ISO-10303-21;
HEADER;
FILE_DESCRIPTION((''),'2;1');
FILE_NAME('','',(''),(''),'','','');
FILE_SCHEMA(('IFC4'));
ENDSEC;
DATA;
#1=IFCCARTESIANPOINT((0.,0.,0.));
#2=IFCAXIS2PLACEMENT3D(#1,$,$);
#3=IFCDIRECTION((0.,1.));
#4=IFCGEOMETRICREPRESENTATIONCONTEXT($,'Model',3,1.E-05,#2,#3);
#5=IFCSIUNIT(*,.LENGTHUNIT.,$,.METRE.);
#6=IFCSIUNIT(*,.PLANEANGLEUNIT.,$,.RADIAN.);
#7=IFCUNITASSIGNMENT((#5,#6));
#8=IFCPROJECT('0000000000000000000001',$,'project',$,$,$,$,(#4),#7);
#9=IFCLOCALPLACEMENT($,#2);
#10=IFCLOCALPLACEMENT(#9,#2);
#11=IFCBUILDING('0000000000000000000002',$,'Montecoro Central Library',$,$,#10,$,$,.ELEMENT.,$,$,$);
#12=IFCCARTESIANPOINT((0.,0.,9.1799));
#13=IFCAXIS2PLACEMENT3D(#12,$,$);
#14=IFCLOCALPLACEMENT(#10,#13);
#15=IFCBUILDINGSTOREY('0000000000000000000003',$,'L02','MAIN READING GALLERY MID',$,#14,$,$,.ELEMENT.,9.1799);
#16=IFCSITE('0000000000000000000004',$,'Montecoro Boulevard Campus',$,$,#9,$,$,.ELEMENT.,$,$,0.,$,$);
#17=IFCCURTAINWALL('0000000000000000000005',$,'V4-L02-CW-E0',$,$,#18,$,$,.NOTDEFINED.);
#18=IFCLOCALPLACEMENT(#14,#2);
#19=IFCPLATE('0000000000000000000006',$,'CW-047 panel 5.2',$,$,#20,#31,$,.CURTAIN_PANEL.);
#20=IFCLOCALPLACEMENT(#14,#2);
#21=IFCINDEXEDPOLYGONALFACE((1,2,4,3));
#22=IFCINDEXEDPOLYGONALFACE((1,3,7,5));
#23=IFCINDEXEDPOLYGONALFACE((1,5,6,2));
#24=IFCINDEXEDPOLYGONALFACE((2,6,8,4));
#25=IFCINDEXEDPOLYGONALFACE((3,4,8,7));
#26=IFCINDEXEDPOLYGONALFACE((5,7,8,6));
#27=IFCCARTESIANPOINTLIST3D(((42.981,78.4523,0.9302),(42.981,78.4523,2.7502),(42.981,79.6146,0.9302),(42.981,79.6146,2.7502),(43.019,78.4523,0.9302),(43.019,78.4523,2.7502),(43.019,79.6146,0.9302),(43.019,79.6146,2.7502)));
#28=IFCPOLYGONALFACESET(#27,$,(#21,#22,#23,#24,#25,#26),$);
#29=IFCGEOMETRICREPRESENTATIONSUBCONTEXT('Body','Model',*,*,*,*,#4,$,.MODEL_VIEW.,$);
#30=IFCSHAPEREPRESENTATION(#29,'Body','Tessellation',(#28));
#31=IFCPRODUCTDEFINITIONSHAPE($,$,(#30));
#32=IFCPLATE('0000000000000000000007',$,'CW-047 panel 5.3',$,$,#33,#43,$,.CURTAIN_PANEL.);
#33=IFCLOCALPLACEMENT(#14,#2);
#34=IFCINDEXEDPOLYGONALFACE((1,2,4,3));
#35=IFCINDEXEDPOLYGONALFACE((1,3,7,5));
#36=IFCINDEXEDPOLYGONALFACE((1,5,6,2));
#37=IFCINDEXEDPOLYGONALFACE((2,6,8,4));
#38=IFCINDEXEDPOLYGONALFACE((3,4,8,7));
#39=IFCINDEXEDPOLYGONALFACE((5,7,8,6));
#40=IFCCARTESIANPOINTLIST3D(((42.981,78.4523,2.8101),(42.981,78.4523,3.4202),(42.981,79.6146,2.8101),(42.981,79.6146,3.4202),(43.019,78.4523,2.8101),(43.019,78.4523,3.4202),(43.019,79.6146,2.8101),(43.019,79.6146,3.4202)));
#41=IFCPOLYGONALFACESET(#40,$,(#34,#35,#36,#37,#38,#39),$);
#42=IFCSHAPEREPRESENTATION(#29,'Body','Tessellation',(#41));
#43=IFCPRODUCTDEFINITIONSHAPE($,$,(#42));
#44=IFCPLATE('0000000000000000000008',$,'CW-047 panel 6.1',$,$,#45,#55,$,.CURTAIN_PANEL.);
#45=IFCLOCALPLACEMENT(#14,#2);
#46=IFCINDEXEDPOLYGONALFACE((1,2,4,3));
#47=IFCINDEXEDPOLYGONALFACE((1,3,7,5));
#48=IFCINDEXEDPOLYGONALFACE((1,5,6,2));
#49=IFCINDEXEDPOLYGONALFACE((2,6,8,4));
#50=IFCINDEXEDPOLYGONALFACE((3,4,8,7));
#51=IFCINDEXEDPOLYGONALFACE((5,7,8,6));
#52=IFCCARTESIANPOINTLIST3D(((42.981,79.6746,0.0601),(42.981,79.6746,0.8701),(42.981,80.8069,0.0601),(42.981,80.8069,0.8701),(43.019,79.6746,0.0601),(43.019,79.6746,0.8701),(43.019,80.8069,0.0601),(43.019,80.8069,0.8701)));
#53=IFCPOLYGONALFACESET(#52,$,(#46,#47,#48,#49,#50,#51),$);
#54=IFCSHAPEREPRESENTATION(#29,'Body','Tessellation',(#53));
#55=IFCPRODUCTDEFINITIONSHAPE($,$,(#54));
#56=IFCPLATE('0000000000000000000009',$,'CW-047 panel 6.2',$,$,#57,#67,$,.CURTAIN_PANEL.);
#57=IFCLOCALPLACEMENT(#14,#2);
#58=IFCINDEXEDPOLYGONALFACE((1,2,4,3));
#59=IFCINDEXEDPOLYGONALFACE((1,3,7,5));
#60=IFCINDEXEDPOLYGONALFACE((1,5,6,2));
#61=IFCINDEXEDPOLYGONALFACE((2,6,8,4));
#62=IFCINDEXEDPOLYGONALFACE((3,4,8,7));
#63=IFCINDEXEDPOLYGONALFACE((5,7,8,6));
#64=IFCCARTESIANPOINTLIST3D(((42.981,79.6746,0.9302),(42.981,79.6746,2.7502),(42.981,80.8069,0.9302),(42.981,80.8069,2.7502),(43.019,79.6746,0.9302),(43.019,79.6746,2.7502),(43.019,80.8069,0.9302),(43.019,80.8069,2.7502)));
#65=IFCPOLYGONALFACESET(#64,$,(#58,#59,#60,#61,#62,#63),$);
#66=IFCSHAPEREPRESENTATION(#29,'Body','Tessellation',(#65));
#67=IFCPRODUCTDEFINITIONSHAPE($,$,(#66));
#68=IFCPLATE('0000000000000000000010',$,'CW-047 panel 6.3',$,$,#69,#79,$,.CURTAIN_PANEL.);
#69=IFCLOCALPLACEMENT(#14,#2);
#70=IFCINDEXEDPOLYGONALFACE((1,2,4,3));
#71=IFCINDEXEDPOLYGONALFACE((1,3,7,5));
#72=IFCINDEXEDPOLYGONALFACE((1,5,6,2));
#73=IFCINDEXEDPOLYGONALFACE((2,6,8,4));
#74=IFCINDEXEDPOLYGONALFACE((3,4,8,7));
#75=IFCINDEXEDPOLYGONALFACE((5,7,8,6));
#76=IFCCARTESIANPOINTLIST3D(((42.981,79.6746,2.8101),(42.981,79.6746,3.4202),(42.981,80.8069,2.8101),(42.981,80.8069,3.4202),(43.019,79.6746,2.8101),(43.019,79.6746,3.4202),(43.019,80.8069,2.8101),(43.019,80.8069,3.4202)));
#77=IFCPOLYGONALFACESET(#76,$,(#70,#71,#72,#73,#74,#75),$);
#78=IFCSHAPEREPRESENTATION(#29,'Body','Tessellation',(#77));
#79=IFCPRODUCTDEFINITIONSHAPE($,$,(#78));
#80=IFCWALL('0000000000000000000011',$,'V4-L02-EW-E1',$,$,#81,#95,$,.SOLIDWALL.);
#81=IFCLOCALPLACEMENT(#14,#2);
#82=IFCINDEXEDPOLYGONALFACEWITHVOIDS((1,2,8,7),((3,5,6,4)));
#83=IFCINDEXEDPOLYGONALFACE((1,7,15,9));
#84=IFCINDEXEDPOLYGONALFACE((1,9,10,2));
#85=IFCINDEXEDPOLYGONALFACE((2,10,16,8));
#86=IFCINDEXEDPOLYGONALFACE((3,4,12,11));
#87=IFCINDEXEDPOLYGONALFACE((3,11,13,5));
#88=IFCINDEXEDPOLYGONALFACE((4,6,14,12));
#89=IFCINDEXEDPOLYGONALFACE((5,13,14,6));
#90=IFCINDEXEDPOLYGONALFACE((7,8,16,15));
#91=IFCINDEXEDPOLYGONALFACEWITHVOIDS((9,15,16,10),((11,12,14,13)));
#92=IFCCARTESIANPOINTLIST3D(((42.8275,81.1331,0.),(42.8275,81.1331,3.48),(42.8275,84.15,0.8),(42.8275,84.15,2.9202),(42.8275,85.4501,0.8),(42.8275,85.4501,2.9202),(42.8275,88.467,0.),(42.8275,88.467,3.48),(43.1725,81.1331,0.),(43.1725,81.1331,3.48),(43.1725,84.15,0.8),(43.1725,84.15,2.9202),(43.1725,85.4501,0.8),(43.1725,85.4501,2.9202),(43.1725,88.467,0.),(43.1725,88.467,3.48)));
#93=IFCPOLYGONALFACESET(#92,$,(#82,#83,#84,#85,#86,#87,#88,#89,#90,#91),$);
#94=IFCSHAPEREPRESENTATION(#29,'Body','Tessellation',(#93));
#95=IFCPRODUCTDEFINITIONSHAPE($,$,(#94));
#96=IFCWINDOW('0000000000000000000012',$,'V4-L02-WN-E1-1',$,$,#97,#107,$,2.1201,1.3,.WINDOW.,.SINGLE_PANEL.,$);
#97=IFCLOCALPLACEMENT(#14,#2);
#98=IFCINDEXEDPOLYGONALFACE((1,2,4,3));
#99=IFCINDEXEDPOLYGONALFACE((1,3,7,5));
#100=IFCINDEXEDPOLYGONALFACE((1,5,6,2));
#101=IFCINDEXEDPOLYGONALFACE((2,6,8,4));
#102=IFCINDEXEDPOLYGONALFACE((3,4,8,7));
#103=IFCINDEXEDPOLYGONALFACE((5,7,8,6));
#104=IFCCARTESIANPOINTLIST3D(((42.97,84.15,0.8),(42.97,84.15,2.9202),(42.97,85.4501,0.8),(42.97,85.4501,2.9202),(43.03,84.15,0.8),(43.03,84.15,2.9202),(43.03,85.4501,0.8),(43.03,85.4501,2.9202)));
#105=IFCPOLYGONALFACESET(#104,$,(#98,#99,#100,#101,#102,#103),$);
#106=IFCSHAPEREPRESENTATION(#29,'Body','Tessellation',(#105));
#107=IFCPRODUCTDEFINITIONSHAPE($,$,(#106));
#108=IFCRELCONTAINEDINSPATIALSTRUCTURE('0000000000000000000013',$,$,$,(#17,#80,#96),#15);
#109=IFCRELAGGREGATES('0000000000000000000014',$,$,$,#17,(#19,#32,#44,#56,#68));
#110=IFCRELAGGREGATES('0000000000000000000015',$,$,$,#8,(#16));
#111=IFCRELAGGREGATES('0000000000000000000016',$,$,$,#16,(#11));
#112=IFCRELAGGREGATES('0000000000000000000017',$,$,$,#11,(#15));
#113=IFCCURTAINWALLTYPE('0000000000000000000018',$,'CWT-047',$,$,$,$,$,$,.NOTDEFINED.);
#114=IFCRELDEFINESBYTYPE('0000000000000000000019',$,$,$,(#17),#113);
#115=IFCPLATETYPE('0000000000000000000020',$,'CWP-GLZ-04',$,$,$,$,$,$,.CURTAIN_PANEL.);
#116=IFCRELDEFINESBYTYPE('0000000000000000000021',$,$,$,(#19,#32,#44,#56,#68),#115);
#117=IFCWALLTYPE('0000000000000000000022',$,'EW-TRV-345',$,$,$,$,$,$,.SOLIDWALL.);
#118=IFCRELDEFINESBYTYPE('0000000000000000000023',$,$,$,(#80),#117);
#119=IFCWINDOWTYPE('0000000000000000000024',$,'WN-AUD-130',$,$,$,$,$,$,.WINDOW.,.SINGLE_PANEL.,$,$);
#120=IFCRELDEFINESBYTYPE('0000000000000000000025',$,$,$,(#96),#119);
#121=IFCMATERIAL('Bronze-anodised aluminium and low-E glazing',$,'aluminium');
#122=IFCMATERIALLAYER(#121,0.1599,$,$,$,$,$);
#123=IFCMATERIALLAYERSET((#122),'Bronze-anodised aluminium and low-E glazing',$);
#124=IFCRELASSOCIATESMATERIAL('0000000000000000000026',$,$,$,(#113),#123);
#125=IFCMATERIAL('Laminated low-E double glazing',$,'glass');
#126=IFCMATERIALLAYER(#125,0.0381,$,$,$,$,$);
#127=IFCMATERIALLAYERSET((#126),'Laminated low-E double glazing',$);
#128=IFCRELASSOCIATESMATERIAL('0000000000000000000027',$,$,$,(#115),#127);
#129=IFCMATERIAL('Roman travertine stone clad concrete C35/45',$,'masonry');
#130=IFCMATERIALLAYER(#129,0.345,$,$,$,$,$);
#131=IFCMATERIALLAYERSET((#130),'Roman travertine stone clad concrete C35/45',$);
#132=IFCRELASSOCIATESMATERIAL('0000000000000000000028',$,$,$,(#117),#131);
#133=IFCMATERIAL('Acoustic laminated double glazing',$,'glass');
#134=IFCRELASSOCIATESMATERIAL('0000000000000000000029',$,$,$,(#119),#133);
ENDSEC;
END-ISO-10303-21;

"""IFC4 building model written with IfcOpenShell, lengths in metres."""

from ifc_helpers import new_model, si_unit, direction, frame, frame_2d, origin, origin_2d, place, context, subcontext, project, spatial, rectangle, extrude, material, layer, layer_set, type_object, element, fill, aggregate, save


model = new_model("IFC4")

# Units and contexts
model_context = context("Model", 3, precision=1e-05, world=origin(), true_north=direction((0.0, 1.0)))
body_context = subcontext(model_context, "Body", "Model", "MODEL_VIEW")
ifc_project = project(units=[si_unit("LENGTHUNIT", "METRE"), si_unit("PLANEANGLEUNIT", "RADIAN")], contexts=[model_context])

# Site, building, storey
site_placement = place(None, origin())
site = spatial("IfcSite", under=ifc_project, at=site_placement, Name="Montecoro Boulevard Campus", CompositionType="ELEMENT", RefElevation=0.0)
building_placement = place(site_placement, origin())
building = spatial("IfcBuilding", under=site, at=building_placement, Name="Montecoro Central Library", CompositionType="ELEMENT")
storey_placement = place(building_placement, frame((0.0, 0.0, 9.1799)))
storey = spatial("IfcBuildingStorey", under=building, at=storey_placement, Name="L02", Description="MAIN READING GALLERY MID", CompositionType="ELEMENT", Elevation=9.1799)

# Curtain wall, plates
ifc_material_1 = material(Name="Bronze-anodised aluminium and low-E glazing", Category="aluminium")
ifc_layer_1 = layer(ifc_material_1, 0.1599)
ifc_layer_set_1 = layer_set([ifc_layer_1], Name="Bronze-anodised aluminium and low-E glazing")
curtain_wall_type = type_object("IfcCurtainWallType", Name="CWT-047", PredefinedType="NOTDEFINED", material=ifc_layer_set_1)
curtain_wall_placement = place(storey_placement, origin())
curtain_wall = element("IfcCurtainWall", 1, at=curtain_wall_placement, inside=storey, type_object=curtain_wall_type, Name="V4-L02-CW-E0", PredefinedType="NOTDEFINED")
ifc_material_2 = material(Name="Laminated low-E double glazing", Category="glass")
ifc_layer_2 = layer(ifc_material_2, 0.0381)
ifc_layer_set_2 = layer_set([ifc_layer_2], Name="Laminated low-E double glazing")
plate_type = type_object("IfcPlateType", Name="CWP-GLZ-04", PredefinedType="CURTAIN_PANEL", material=ifc_layer_set_2)
plate_1_placement = place(storey_placement, frame((43.0, 79.0334, 0.9302), z_axis=(0.0, 0.0, 1.0), x_axis=(0.0, 1.0, 0.0)))
plate_1 = element("IfcPlate", 2, at=plate_1_placement, type_object=plate_type, Name="CW-047 panel 5.2", PredefinedType="CURTAIN_PANEL", context=body_context, shape_type="SweptSolid", body=[
    extrude(rectangle(XDim=1.1624, YDim=0.0381, at=origin_2d()), origin(), (0.0, 0.0, 1.0), 1.8201),
])
plate_2_placement = place(storey_placement, frame((43.0, 79.0334, 2.8101), z_axis=(0.0, 0.0, 1.0), x_axis=(0.0, 1.0, 0.0)))
plate_2 = element("IfcPlate", 3, at=plate_2_placement, type_object=plate_type, Name="CW-047 panel 5.3", PredefinedType="CURTAIN_PANEL", context=body_context, shape_type="SweptSolid", body=[
    extrude(rectangle(XDim=1.1624, YDim=0.0381, at=origin_2d()), origin(), (0.0, 0.0, 1.0), 0.6101),
])
plate_3_placement = place(storey_placement, frame((43.0, 80.2407, 0.0601), z_axis=(0.0, 0.0, 1.0), x_axis=(0.0, 1.0, 0.0)))
plate_3 = element("IfcPlate", 4, at=plate_3_placement, type_object=plate_type, Name="CW-047 panel 6.1", PredefinedType="CURTAIN_PANEL", context=body_context, shape_type="SweptSolid", body=[
    extrude(rectangle(XDim=1.1323, YDim=0.0381, at=origin_2d()), origin(), (0.0, 0.0, 1.0), 0.8101),
])
plate_4_placement = place(storey_placement, frame((43.0, 80.2407, 0.9302), z_axis=(0.0, 0.0, 1.0), x_axis=(0.0, 1.0, 0.0)))
plate_4 = element("IfcPlate", 5, at=plate_4_placement, type_object=plate_type, Name="CW-047 panel 6.2", PredefinedType="CURTAIN_PANEL", context=body_context, shape_type="SweptSolid", body=[
    extrude(rectangle(XDim=1.1323, YDim=0.0381, at=origin_2d()), origin(), (0.0, 0.0, 1.0), 1.8201),
])
plate_5_placement = place(storey_placement, frame((43.0, 80.2407, 2.8101), z_axis=(0.0, 0.0, 1.0), x_axis=(0.0, 1.0, 0.0)))
plate_5 = element("IfcPlate", 6, at=plate_5_placement, type_object=plate_type, Name="CW-047 panel 6.3", PredefinedType="CURTAIN_PANEL", context=body_context, shape_type="SweptSolid", body=[
    extrude(rectangle(XDim=1.1323, YDim=0.0381, at=origin_2d()), origin(), (0.0, 0.0, 1.0), 0.6101),
])
aggregate(curtain_wall, [plate_1, plate_2, plate_3, plate_4, plate_5])

# Wall, opening, window
ifc_material_3 = material(Name="Roman travertine stone clad concrete C35/45", Category="masonry")
ifc_layer_3 = layer(ifc_material_3, 0.345)
ifc_layer_set_3 = layer_set([ifc_layer_3], Name="Roman travertine stone clad concrete C35/45")
wall_type = type_object("IfcWallType", Name="EW-TRV-345", PredefinedType="SOLIDWALL", material=ifc_layer_set_3)
wall_placement = place(storey_placement, frame((43.0, 81.1331, 0.0), z_axis=(0.0, 0.0, 1.0), x_axis=(0.0, 1.0, 0.0)))
wall = element("IfcWall", 7, at=wall_placement, inside=storey, type_object=wall_type, Name="V4-L02-EW-E1", PredefinedType="SOLIDWALL", context=body_context, shape_type="SweptSolid", body=[
    extrude(rectangle(XDim=7.334, YDim=0.345, at=frame_2d((3.667, 0.0))), origin(), (0.0, 0.0, 1.0), 3.48),
])
opening_placement = place(wall_placement, frame((3.0171, 0.0, 0.8)))
opening = element("IfcOpeningElement", 8, at=opening_placement, cuts=wall, PredefinedType="OPENING", context=body_context, shape_type="SweptSolid", body=[
    extrude(rectangle(XDim=1.3, YDim=2.1201, at=frame_2d((0.6499, 1.0601))), frame((0.0, 0.1824, 0.0), z_axis=(0.0, -1.0, 0.0), x_axis=(1.0, 0.0, 0.0)), (0.0, 0.0, 1.0), 0.365),
])
ifc_material_4 = material(Name="Acoustic laminated double glazing", Category="glass")
window_type = type_object("IfcWindowType", Name="WN-AUD-130", PartitioningType="SINGLE_PANEL", PredefinedType="WINDOW", material=ifc_material_4)
window_placement = place(opening_placement, origin())
window = element("IfcWindow", 9, at=window_placement, inside=storey, type_object=window_type, Name="V4-L02-WN-E1-1", OverallHeight=2.1201, OverallWidth=1.3, PartitioningType="SINGLE_PANEL", PredefinedType="WINDOW", context=body_context, shape_type="SweptSolid", body=[
    extrude(rectangle(XDim=1.3, YDim=2.1201, at=frame_2d((0.6499, 1.0601))), frame((0.0, 0.03, 0.0), z_axis=(0.0, -1.0, 0.0), x_axis=(1.0, 0.0, 0.0)), (0.0, 0.0, 1.0), 0.0601),
])
fill(opening, window)

save(model, "model.ifc")
